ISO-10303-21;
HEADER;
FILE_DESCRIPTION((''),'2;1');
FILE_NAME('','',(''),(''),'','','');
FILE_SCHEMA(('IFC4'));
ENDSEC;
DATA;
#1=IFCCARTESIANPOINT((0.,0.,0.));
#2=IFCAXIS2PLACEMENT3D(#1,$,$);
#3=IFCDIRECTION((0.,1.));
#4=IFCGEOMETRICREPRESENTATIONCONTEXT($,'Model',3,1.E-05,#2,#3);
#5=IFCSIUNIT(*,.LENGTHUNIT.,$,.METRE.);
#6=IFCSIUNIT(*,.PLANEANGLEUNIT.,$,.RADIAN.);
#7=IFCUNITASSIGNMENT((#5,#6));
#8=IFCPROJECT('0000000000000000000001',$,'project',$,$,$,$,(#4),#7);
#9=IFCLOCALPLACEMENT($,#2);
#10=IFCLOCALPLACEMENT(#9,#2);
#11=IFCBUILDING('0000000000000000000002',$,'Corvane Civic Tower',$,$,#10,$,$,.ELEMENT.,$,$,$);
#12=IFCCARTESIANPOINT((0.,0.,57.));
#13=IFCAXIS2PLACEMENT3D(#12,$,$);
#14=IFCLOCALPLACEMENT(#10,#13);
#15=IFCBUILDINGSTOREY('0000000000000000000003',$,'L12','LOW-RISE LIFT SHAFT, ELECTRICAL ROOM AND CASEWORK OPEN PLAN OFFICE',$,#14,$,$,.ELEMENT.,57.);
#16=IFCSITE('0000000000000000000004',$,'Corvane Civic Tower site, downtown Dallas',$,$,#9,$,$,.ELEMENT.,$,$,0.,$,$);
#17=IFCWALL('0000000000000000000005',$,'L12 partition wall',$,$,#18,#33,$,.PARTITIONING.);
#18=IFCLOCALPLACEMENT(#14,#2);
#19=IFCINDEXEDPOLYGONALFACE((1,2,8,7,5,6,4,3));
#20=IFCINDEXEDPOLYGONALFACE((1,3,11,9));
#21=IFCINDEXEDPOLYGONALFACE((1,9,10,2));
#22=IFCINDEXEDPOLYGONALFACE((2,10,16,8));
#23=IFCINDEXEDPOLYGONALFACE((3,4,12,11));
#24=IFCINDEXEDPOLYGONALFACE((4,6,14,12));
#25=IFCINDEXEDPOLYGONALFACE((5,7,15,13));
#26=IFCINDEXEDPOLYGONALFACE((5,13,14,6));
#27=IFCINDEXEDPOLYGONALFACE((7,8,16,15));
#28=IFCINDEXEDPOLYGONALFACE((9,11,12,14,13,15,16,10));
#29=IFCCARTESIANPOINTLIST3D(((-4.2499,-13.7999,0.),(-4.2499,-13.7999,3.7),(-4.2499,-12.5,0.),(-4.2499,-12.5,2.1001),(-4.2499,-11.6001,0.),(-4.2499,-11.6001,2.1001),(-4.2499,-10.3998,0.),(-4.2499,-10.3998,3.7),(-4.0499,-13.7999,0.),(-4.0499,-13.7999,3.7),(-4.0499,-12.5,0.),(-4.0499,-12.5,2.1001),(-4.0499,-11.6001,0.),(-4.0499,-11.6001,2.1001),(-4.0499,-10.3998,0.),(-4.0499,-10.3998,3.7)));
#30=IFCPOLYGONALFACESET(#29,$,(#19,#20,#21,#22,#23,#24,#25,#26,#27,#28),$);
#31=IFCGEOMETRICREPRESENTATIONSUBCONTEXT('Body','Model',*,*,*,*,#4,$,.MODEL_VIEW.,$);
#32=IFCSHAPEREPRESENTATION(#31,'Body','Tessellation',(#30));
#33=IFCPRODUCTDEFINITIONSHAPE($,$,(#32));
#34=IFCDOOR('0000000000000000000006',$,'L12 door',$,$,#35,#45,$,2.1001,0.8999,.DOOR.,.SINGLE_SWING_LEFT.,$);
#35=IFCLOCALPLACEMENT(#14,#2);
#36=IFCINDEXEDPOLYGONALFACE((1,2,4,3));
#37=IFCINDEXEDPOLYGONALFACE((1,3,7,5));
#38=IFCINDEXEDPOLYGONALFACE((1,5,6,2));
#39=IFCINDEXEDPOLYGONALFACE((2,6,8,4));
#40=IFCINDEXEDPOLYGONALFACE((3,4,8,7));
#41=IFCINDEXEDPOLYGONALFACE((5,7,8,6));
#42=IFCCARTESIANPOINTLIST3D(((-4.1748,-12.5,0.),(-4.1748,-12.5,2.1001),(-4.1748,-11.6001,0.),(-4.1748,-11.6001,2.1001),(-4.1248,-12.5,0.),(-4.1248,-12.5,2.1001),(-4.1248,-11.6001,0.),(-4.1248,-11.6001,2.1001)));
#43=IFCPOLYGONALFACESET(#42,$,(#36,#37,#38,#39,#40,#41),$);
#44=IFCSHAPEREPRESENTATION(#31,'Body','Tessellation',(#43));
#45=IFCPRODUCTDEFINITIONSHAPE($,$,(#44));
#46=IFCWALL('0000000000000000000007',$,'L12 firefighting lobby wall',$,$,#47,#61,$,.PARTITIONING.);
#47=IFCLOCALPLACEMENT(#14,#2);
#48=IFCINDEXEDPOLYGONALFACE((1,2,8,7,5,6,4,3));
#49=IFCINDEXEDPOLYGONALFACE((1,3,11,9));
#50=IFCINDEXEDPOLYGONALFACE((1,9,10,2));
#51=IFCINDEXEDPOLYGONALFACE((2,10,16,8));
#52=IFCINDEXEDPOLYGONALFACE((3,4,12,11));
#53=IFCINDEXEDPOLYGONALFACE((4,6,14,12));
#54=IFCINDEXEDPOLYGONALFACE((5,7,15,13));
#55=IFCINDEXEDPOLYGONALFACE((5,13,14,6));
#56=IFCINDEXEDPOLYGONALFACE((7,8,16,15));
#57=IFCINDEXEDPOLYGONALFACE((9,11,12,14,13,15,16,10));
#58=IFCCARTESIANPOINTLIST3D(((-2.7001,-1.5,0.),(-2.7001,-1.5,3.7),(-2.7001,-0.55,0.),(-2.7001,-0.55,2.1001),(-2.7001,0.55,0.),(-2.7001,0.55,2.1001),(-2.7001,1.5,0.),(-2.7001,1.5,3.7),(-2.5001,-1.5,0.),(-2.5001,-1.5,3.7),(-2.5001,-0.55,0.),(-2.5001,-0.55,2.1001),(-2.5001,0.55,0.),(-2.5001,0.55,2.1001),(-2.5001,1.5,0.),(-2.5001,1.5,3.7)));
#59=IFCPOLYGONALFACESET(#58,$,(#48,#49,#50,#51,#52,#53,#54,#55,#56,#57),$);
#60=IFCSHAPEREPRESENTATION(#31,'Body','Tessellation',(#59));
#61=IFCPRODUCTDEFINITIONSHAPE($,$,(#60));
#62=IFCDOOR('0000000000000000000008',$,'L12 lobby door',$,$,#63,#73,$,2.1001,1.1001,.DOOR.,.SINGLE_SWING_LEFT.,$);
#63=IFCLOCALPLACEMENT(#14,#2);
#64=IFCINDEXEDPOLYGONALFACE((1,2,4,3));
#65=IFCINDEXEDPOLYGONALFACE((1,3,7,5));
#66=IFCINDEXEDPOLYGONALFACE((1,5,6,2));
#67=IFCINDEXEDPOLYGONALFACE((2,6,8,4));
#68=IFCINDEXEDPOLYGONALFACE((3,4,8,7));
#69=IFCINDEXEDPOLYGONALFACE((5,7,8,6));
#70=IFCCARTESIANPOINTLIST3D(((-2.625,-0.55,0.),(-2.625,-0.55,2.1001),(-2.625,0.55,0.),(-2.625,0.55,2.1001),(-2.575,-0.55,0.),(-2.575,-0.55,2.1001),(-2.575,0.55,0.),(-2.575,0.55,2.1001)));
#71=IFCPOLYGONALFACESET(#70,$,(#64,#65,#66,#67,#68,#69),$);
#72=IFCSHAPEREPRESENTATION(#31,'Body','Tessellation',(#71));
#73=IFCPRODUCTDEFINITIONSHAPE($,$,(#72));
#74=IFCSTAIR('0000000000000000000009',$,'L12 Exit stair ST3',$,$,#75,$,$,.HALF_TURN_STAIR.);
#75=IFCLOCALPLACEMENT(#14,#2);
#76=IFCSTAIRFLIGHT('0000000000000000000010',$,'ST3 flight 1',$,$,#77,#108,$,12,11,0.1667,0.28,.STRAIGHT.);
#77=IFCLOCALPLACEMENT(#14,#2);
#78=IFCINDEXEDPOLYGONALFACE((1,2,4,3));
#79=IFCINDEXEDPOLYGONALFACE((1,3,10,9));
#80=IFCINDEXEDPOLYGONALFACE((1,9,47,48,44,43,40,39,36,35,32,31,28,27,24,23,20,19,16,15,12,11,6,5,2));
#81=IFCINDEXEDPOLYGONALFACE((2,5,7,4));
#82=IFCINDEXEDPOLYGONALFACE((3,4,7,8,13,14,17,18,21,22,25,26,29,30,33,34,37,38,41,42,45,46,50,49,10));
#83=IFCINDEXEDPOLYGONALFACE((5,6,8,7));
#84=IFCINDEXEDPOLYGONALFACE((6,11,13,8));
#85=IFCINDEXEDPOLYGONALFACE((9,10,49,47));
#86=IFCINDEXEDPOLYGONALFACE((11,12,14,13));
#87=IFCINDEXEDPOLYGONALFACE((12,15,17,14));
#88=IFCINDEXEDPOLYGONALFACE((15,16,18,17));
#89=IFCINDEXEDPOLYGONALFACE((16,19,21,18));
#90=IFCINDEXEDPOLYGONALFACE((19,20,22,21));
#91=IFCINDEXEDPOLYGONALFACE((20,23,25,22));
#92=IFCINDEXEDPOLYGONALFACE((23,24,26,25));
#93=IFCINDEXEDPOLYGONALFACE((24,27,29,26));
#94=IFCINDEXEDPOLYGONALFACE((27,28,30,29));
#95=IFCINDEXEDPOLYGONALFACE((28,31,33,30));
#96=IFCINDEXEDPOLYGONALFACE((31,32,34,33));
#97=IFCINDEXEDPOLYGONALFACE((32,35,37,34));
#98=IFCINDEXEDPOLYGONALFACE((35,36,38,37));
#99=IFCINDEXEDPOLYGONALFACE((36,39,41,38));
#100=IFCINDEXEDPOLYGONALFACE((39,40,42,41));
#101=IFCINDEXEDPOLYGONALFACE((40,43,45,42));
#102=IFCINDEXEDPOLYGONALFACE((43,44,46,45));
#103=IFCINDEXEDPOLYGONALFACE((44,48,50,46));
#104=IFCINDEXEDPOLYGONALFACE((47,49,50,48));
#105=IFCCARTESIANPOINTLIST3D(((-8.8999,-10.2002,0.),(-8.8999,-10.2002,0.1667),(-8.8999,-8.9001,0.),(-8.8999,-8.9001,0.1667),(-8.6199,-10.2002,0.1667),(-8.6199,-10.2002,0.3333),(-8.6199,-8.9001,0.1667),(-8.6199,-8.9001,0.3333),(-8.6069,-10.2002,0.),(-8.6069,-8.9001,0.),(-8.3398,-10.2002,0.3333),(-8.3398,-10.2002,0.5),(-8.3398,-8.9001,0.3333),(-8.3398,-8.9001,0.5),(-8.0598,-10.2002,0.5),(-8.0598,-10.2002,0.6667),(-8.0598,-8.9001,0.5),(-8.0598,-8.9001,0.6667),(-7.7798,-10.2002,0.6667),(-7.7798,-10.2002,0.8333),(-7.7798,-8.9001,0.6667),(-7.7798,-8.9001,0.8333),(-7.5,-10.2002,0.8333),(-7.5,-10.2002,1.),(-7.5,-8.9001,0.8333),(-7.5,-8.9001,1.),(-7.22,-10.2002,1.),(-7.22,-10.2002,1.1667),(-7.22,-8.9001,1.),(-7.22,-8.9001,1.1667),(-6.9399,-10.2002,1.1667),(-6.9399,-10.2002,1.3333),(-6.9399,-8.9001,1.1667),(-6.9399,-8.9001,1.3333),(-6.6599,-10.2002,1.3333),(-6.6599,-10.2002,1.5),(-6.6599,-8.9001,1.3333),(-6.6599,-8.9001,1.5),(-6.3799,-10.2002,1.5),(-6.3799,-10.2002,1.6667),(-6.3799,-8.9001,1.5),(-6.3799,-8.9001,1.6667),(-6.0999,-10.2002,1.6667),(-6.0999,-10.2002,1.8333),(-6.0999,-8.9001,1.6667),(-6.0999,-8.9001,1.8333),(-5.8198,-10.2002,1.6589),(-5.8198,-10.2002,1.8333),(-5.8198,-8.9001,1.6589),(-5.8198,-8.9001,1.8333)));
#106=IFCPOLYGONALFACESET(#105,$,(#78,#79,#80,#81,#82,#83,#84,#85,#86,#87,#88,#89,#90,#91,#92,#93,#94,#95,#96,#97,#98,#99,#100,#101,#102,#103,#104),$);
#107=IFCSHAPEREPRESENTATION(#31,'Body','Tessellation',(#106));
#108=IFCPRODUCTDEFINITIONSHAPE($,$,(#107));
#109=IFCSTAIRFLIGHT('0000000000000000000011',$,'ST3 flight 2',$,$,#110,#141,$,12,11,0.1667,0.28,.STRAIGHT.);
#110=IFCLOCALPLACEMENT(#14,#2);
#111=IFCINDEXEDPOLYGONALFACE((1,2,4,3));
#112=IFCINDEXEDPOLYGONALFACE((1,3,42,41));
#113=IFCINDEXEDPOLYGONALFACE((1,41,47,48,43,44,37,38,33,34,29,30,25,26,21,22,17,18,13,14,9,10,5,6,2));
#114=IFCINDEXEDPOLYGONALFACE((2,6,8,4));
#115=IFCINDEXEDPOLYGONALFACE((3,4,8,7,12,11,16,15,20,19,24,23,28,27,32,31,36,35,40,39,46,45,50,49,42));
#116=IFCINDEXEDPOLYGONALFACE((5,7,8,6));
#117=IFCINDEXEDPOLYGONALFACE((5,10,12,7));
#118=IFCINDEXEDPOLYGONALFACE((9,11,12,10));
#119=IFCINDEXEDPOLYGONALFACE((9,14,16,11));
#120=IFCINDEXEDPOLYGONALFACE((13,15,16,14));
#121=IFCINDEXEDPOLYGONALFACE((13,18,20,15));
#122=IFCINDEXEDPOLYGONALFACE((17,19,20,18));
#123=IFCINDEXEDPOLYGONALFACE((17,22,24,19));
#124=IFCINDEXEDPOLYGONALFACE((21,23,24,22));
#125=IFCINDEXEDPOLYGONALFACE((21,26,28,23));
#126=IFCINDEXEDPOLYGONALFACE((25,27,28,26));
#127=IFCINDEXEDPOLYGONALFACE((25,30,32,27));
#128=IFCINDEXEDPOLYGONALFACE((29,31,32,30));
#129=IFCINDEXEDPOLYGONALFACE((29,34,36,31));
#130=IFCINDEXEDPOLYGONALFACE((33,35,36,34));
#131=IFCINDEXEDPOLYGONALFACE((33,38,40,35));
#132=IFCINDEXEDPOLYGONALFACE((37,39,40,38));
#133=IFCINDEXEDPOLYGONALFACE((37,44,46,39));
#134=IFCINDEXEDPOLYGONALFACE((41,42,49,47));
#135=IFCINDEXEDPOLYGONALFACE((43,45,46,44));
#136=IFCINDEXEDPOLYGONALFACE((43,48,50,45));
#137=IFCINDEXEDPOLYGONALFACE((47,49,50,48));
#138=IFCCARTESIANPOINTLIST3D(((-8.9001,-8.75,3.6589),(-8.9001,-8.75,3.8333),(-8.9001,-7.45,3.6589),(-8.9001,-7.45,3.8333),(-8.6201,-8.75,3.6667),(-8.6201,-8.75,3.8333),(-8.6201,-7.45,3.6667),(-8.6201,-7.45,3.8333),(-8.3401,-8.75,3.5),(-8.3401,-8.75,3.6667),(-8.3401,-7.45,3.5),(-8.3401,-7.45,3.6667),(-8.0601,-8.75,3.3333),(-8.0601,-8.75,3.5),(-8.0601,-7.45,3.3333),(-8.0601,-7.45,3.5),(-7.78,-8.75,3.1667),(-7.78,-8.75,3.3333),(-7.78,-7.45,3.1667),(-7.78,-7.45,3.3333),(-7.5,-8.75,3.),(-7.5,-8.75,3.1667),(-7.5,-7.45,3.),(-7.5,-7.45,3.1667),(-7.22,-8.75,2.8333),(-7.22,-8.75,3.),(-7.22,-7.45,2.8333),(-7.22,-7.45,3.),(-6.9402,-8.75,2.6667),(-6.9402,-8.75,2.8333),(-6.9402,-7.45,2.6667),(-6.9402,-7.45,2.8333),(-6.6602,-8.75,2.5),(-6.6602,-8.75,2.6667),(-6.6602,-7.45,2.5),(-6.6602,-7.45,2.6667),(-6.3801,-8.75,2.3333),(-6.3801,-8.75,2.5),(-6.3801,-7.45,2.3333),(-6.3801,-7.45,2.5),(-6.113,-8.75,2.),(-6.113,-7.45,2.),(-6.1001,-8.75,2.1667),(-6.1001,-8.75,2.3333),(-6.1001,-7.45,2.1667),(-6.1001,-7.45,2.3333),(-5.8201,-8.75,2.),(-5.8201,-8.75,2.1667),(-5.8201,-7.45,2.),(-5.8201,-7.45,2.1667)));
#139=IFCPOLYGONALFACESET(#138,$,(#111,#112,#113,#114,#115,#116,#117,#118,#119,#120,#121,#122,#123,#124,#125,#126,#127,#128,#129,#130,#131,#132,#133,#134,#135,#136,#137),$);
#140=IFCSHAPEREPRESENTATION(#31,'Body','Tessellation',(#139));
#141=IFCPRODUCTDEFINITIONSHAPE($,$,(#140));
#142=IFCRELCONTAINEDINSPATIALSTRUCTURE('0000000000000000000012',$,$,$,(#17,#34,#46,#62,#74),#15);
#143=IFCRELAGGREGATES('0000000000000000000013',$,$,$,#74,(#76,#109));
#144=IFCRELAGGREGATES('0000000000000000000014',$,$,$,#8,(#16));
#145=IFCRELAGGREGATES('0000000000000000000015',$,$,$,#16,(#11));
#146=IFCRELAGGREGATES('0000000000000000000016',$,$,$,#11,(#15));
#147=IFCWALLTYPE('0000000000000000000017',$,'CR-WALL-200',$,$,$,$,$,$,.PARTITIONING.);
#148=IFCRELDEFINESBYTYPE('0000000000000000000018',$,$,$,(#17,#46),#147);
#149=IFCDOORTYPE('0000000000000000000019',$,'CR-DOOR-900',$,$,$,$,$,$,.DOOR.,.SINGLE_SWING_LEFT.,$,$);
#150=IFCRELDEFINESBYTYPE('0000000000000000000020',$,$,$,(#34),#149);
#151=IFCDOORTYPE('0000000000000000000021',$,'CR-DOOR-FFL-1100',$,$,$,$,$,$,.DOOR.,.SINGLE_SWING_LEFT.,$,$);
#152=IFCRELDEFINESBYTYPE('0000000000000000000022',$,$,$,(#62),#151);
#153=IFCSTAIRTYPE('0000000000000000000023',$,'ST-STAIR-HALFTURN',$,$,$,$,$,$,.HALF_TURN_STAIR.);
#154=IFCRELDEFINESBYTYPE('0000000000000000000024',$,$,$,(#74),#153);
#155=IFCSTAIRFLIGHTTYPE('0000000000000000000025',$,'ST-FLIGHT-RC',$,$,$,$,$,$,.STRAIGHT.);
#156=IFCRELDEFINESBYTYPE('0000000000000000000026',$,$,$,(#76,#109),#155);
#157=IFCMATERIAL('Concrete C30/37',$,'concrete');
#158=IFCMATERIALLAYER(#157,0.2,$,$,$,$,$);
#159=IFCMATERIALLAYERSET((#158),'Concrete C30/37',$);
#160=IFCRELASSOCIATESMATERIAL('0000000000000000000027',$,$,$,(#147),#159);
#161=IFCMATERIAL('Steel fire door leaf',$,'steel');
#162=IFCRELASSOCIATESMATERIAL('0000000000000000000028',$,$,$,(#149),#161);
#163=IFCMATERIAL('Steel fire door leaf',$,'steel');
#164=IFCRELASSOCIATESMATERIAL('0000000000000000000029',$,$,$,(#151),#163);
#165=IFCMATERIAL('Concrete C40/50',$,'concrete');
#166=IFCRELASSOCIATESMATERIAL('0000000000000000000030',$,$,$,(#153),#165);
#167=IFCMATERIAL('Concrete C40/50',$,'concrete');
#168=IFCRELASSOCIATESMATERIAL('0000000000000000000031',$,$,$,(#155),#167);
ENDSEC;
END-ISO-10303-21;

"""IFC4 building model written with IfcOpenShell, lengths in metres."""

from ifc_helpers import new_model, si_unit, direction, frame, frame_2d, origin, place, context, subcontext, project, spatial, polyline, rectangle, outline, extrude, material, layer, layer_set, type_object, element, fill, aggregate, save


model = new_model("IFC4")

# Units and contexts
model_context = context("Model", 3, precision=1e-05, world=origin(), true_north=direction((0.0, 1.0)))
body_context = subcontext(model_context, "Body", "Model", "MODEL_VIEW")
ifc_project = project(units=[si_unit("LENGTHUNIT", "METRE"), si_unit("PLANEANGLEUNIT", "RADIAN")], contexts=[model_context])

# Site, building, storey
site_placement = place(None, origin())
site = spatial("IfcSite", under=ifc_project, at=site_placement, Name="Corvane Civic Tower site, downtown Dallas", CompositionType="ELEMENT", RefElevation=0.0)
building_placement = place(site_placement, origin())
building = spatial("IfcBuilding", under=site, at=building_placement, Name="Corvane Civic Tower", CompositionType="ELEMENT")
storey_placement = place(building_placement, frame((0.0, 0.0, 57.0)))
storey = spatial("IfcBuildingStorey", under=building, at=storey_placement, Name="L12", Description="LOW-RISE LIFT SHAFT, ELECTRICAL ROOM AND CASEWORK OPEN PLAN OFFICE", CompositionType="ELEMENT", Elevation=57.0)

# Shared definitions
ifc_material_1 = material(Name="Concrete C30/37", Category="concrete")
ifc_layer_1 = layer(ifc_material_1, 0.2)
ifc_layer_set_1 = layer_set([ifc_layer_1], Name="Concrete C30/37")
wall_type = type_object("IfcWallType", Name="CR-WALL-200", PredefinedType="PARTITIONING", material=ifc_layer_set_1)
ifc_material_2 = material(Name="Steel fire door leaf", Category="steel")
door_type_1 = type_object("IfcDoorType", Name="CR-DOOR-900", OperationType="SINGLE_SWING_LEFT", PredefinedType="DOOR", material=ifc_material_2)

# Walls, openings, doors
wall_1_placement = place(storey_placement, frame((-4.1499, -13.8, 0.0), z_axis=(0.0, 0.0, 1.0), x_axis=(0.0, 1.0, 0.0)))
wall_1 = element("IfcWall", 1, at=wall_1_placement, inside=storey, type_object=wall_type, Name="L12 partition wall", PredefinedType="PARTITIONING", context=body_context, shape_type="SweptSolid", body=[
    extrude(rectangle(XDim=3.4001, YDim=0.2, at=frame_2d((1.7002, 0.0))), origin(), (0.0, 0.0, 1.0), 3.7),
])
opening_1_placement = place(wall_1_placement, frame((1.3, 0.0, 0.0)))
opening_1 = element("IfcOpeningElement", 2, at=opening_1_placement, cuts=wall_1, PredefinedType="OPENING", context=body_context, shape_type="SweptSolid", body=[
    extrude(rectangle(XDim=0.8999, YDim=2.1001, at=frame_2d((0.45, 1.05))), frame((0.0, 0.1099, 0.0), z_axis=(0.0, -1.0, 0.0), x_axis=(1.0, 0.0, 0.0)), (0.0, 0.0, 1.0), 0.22),
])
door_1_placement = place(opening_1_placement, origin())
door_1 = element("IfcDoor", 3, at=door_1_placement, inside=storey, type_object=door_type_1, Name="L12 door", OperationType="SINGLE_SWING_LEFT", OverallHeight=2.1001, OverallWidth=0.8999, PredefinedType="DOOR", context=body_context, shape_type="SweptSolid", body=[
    extrude(rectangle(XDim=0.8999, YDim=2.1001, at=frame_2d((0.45, 1.05))), frame((0.0, 0.0249, 0.0), z_axis=(0.0, -1.0, 0.0), x_axis=(1.0, 0.0, 0.0)), (0.0, 0.0, 1.0), 0.05),
])
fill(opening_1, door_1)
wall_2_placement = place(storey_placement, frame((-2.6001, -1.5, 0.0), z_axis=(0.0, 0.0, 1.0), x_axis=(0.0, 1.0, 0.0)))
wall_2 = element("IfcWall", 4, at=wall_2_placement, inside=storey, type_object=wall_type, Name="L12 firefighting lobby wall", PredefinedType="PARTITIONING", context=body_context, shape_type="SweptSolid", body=[
    extrude(rectangle(XDim=3.0, YDim=0.2, at=frame_2d((1.5, 0.0))), origin(), (0.0, 0.0, 1.0), 3.7),
])
opening_2_placement = place(wall_2_placement, frame((0.95, 0.0, 0.0)))
opening_2 = element("IfcOpeningElement", 5, at=opening_2_placement, cuts=wall_2, PredefinedType="OPENING", context=body_context, shape_type="SweptSolid", body=[
    extrude(rectangle(XDim=1.1001, YDim=2.1001, at=frame_2d((0.55, 1.05))), frame((0.0, 0.1099, 0.0), z_axis=(0.0, -1.0, 0.0), x_axis=(1.0, 0.0, 0.0)), (0.0, 0.0, 1.0), 0.22),
])
ifc_material_3 = material(Name="Steel fire door leaf", Category="steel")
door_type_2 = type_object("IfcDoorType", Name="CR-DOOR-FFL-1100", OperationType="SINGLE_SWING_LEFT", PredefinedType="DOOR", material=ifc_material_3)
door_2_placement = place(opening_2_placement, origin())
door_2 = element("IfcDoor", 6, at=door_2_placement, inside=storey, type_object=door_type_2, Name="L12 lobby door", OperationType="SINGLE_SWING_LEFT", OverallHeight=2.1001, OverallWidth=1.1001, PredefinedType="DOOR", context=body_context, shape_type="SweptSolid", body=[
    extrude(rectangle(XDim=1.1001, YDim=2.1001, at=frame_2d((0.55, 1.05))), frame((0.0, 0.0249, 0.0), z_axis=(0.0, -1.0, 0.0), x_axis=(1.0, 0.0, 0.0)), (0.0, 0.0, 1.0), 0.05),
])
fill(opening_2, door_2)

# Stair, stair flights
ifc_material_4 = material(Name="Concrete C40/50", Category="concrete")
stair_type = type_object("IfcStairType", Name="ST-STAIR-HALFTURN", PredefinedType="HALF_TURN_STAIR", material=ifc_material_4)
stair_placement = place(storey_placement, origin())
stair = element("IfcStair", 7, at=stair_placement, inside=storey, type_object=stair_type, Name="L12 Exit stair ST3", PredefinedType="HALF_TURN_STAIR")
ifc_material_5 = material(Name="Concrete C40/50", Category="concrete")
stair_flight_type = type_object("IfcStairFlightType", Name="ST-FLIGHT-RC", PredefinedType="STRAIGHT", material=ifc_material_5)
stair_flight_1_placement = place(storey_placement, frame((-8.8999, -9.55, 0.0), z_axis=(0.0, 0.0, 1.0), x_axis=(1.0, 0.0, 0.0)))
stair_flight_1 = element("IfcStairFlight", 8, at=stair_flight_1_placement, type_object=stair_flight_type, Name="ST3 flight 1", NumberOfRisers=12, NumberOfTreads=11, PredefinedType="STRAIGHT", RiserHeight=0.1667, TreadLength=0.28, context=body_context, shape_type="SweptSolid", body=[
    extrude(outline(polyline([(0.0, 0.0), (0.0, 0.1667), (0.28, 0.1667), (0.28, 0.3333), (0.5601, 0.3333), (0.5601, 0.5), (0.8401, 0.5), (0.8401, 0.6667), (1.1201, 0.6667), (1.1201, 0.8333), (1.3999, 0.8333), (1.3999, 1.0), (1.6799, 1.0), (1.6799, 1.1667), (1.96, 1.1667), (1.96, 1.3333), (2.24, 1.3333), (2.24, 1.5), (2.52, 1.5), (2.52, 1.6667), (2.8, 1.6667), (2.8, 1.8333), (3.0801, 1.8333), (3.0801, 2.0), (3.0801, 1.6589), (0.293, 0.0), (0.0, 0.0)])), frame((0.0, 0.6499, 0.0), z_axis=(0.0, -1.0, 0.0), x_axis=(1.0, 0.0, 0.0)), (0.0, 0.0, 1.0), 1.3),
])
stair_flight_2_placement = place(storey_placement, frame((-5.8201, -8.1001, 2.0), z_axis=(0.0, 0.0, 1.0), x_axis=(-1.0, 0.0, 0.0)))
stair_flight_2 = element("IfcStairFlight", 9, at=stair_flight_2_placement, type_object=stair_flight_type, Name="ST3 flight 2", NumberOfRisers=12, NumberOfTreads=11, PredefinedType="STRAIGHT", RiserHeight=0.1667, TreadLength=0.28, context=body_context, shape_type="SweptSolid", body=[
    extrude(outline(polyline([(0.0, 0.0), (0.0, 0.1667), (0.28, 0.1667), (0.28, 0.3333), (0.5601, 0.3333), (0.5601, 0.5), (0.8401, 0.5), (0.8401, 0.6667), (1.1201, 0.6667), (1.1201, 0.8333), (1.3999, 0.8333), (1.3999, 1.0), (1.6799, 1.0), (1.6799, 1.1667), (1.96, 1.1667), (1.96, 1.3333), (2.24, 1.3333), (2.24, 1.5), (2.52, 1.5), (2.52, 1.6667), (2.8, 1.6667), (2.8, 1.8333), (3.0801, 1.8333), (3.0801, 2.0), (3.0801, 1.6589), (0.293, 0.0), (0.0, 0.0)])), frame((0.0, 0.6499, 0.0), z_axis=(0.0, -1.0, 0.0), x_axis=(1.0, 0.0, 0.0)), (0.0, 0.0, 1.0), 1.3),
])
aggregate(stair, [stair_flight_1, stair_flight_2])

save(model, "model.ifc")
